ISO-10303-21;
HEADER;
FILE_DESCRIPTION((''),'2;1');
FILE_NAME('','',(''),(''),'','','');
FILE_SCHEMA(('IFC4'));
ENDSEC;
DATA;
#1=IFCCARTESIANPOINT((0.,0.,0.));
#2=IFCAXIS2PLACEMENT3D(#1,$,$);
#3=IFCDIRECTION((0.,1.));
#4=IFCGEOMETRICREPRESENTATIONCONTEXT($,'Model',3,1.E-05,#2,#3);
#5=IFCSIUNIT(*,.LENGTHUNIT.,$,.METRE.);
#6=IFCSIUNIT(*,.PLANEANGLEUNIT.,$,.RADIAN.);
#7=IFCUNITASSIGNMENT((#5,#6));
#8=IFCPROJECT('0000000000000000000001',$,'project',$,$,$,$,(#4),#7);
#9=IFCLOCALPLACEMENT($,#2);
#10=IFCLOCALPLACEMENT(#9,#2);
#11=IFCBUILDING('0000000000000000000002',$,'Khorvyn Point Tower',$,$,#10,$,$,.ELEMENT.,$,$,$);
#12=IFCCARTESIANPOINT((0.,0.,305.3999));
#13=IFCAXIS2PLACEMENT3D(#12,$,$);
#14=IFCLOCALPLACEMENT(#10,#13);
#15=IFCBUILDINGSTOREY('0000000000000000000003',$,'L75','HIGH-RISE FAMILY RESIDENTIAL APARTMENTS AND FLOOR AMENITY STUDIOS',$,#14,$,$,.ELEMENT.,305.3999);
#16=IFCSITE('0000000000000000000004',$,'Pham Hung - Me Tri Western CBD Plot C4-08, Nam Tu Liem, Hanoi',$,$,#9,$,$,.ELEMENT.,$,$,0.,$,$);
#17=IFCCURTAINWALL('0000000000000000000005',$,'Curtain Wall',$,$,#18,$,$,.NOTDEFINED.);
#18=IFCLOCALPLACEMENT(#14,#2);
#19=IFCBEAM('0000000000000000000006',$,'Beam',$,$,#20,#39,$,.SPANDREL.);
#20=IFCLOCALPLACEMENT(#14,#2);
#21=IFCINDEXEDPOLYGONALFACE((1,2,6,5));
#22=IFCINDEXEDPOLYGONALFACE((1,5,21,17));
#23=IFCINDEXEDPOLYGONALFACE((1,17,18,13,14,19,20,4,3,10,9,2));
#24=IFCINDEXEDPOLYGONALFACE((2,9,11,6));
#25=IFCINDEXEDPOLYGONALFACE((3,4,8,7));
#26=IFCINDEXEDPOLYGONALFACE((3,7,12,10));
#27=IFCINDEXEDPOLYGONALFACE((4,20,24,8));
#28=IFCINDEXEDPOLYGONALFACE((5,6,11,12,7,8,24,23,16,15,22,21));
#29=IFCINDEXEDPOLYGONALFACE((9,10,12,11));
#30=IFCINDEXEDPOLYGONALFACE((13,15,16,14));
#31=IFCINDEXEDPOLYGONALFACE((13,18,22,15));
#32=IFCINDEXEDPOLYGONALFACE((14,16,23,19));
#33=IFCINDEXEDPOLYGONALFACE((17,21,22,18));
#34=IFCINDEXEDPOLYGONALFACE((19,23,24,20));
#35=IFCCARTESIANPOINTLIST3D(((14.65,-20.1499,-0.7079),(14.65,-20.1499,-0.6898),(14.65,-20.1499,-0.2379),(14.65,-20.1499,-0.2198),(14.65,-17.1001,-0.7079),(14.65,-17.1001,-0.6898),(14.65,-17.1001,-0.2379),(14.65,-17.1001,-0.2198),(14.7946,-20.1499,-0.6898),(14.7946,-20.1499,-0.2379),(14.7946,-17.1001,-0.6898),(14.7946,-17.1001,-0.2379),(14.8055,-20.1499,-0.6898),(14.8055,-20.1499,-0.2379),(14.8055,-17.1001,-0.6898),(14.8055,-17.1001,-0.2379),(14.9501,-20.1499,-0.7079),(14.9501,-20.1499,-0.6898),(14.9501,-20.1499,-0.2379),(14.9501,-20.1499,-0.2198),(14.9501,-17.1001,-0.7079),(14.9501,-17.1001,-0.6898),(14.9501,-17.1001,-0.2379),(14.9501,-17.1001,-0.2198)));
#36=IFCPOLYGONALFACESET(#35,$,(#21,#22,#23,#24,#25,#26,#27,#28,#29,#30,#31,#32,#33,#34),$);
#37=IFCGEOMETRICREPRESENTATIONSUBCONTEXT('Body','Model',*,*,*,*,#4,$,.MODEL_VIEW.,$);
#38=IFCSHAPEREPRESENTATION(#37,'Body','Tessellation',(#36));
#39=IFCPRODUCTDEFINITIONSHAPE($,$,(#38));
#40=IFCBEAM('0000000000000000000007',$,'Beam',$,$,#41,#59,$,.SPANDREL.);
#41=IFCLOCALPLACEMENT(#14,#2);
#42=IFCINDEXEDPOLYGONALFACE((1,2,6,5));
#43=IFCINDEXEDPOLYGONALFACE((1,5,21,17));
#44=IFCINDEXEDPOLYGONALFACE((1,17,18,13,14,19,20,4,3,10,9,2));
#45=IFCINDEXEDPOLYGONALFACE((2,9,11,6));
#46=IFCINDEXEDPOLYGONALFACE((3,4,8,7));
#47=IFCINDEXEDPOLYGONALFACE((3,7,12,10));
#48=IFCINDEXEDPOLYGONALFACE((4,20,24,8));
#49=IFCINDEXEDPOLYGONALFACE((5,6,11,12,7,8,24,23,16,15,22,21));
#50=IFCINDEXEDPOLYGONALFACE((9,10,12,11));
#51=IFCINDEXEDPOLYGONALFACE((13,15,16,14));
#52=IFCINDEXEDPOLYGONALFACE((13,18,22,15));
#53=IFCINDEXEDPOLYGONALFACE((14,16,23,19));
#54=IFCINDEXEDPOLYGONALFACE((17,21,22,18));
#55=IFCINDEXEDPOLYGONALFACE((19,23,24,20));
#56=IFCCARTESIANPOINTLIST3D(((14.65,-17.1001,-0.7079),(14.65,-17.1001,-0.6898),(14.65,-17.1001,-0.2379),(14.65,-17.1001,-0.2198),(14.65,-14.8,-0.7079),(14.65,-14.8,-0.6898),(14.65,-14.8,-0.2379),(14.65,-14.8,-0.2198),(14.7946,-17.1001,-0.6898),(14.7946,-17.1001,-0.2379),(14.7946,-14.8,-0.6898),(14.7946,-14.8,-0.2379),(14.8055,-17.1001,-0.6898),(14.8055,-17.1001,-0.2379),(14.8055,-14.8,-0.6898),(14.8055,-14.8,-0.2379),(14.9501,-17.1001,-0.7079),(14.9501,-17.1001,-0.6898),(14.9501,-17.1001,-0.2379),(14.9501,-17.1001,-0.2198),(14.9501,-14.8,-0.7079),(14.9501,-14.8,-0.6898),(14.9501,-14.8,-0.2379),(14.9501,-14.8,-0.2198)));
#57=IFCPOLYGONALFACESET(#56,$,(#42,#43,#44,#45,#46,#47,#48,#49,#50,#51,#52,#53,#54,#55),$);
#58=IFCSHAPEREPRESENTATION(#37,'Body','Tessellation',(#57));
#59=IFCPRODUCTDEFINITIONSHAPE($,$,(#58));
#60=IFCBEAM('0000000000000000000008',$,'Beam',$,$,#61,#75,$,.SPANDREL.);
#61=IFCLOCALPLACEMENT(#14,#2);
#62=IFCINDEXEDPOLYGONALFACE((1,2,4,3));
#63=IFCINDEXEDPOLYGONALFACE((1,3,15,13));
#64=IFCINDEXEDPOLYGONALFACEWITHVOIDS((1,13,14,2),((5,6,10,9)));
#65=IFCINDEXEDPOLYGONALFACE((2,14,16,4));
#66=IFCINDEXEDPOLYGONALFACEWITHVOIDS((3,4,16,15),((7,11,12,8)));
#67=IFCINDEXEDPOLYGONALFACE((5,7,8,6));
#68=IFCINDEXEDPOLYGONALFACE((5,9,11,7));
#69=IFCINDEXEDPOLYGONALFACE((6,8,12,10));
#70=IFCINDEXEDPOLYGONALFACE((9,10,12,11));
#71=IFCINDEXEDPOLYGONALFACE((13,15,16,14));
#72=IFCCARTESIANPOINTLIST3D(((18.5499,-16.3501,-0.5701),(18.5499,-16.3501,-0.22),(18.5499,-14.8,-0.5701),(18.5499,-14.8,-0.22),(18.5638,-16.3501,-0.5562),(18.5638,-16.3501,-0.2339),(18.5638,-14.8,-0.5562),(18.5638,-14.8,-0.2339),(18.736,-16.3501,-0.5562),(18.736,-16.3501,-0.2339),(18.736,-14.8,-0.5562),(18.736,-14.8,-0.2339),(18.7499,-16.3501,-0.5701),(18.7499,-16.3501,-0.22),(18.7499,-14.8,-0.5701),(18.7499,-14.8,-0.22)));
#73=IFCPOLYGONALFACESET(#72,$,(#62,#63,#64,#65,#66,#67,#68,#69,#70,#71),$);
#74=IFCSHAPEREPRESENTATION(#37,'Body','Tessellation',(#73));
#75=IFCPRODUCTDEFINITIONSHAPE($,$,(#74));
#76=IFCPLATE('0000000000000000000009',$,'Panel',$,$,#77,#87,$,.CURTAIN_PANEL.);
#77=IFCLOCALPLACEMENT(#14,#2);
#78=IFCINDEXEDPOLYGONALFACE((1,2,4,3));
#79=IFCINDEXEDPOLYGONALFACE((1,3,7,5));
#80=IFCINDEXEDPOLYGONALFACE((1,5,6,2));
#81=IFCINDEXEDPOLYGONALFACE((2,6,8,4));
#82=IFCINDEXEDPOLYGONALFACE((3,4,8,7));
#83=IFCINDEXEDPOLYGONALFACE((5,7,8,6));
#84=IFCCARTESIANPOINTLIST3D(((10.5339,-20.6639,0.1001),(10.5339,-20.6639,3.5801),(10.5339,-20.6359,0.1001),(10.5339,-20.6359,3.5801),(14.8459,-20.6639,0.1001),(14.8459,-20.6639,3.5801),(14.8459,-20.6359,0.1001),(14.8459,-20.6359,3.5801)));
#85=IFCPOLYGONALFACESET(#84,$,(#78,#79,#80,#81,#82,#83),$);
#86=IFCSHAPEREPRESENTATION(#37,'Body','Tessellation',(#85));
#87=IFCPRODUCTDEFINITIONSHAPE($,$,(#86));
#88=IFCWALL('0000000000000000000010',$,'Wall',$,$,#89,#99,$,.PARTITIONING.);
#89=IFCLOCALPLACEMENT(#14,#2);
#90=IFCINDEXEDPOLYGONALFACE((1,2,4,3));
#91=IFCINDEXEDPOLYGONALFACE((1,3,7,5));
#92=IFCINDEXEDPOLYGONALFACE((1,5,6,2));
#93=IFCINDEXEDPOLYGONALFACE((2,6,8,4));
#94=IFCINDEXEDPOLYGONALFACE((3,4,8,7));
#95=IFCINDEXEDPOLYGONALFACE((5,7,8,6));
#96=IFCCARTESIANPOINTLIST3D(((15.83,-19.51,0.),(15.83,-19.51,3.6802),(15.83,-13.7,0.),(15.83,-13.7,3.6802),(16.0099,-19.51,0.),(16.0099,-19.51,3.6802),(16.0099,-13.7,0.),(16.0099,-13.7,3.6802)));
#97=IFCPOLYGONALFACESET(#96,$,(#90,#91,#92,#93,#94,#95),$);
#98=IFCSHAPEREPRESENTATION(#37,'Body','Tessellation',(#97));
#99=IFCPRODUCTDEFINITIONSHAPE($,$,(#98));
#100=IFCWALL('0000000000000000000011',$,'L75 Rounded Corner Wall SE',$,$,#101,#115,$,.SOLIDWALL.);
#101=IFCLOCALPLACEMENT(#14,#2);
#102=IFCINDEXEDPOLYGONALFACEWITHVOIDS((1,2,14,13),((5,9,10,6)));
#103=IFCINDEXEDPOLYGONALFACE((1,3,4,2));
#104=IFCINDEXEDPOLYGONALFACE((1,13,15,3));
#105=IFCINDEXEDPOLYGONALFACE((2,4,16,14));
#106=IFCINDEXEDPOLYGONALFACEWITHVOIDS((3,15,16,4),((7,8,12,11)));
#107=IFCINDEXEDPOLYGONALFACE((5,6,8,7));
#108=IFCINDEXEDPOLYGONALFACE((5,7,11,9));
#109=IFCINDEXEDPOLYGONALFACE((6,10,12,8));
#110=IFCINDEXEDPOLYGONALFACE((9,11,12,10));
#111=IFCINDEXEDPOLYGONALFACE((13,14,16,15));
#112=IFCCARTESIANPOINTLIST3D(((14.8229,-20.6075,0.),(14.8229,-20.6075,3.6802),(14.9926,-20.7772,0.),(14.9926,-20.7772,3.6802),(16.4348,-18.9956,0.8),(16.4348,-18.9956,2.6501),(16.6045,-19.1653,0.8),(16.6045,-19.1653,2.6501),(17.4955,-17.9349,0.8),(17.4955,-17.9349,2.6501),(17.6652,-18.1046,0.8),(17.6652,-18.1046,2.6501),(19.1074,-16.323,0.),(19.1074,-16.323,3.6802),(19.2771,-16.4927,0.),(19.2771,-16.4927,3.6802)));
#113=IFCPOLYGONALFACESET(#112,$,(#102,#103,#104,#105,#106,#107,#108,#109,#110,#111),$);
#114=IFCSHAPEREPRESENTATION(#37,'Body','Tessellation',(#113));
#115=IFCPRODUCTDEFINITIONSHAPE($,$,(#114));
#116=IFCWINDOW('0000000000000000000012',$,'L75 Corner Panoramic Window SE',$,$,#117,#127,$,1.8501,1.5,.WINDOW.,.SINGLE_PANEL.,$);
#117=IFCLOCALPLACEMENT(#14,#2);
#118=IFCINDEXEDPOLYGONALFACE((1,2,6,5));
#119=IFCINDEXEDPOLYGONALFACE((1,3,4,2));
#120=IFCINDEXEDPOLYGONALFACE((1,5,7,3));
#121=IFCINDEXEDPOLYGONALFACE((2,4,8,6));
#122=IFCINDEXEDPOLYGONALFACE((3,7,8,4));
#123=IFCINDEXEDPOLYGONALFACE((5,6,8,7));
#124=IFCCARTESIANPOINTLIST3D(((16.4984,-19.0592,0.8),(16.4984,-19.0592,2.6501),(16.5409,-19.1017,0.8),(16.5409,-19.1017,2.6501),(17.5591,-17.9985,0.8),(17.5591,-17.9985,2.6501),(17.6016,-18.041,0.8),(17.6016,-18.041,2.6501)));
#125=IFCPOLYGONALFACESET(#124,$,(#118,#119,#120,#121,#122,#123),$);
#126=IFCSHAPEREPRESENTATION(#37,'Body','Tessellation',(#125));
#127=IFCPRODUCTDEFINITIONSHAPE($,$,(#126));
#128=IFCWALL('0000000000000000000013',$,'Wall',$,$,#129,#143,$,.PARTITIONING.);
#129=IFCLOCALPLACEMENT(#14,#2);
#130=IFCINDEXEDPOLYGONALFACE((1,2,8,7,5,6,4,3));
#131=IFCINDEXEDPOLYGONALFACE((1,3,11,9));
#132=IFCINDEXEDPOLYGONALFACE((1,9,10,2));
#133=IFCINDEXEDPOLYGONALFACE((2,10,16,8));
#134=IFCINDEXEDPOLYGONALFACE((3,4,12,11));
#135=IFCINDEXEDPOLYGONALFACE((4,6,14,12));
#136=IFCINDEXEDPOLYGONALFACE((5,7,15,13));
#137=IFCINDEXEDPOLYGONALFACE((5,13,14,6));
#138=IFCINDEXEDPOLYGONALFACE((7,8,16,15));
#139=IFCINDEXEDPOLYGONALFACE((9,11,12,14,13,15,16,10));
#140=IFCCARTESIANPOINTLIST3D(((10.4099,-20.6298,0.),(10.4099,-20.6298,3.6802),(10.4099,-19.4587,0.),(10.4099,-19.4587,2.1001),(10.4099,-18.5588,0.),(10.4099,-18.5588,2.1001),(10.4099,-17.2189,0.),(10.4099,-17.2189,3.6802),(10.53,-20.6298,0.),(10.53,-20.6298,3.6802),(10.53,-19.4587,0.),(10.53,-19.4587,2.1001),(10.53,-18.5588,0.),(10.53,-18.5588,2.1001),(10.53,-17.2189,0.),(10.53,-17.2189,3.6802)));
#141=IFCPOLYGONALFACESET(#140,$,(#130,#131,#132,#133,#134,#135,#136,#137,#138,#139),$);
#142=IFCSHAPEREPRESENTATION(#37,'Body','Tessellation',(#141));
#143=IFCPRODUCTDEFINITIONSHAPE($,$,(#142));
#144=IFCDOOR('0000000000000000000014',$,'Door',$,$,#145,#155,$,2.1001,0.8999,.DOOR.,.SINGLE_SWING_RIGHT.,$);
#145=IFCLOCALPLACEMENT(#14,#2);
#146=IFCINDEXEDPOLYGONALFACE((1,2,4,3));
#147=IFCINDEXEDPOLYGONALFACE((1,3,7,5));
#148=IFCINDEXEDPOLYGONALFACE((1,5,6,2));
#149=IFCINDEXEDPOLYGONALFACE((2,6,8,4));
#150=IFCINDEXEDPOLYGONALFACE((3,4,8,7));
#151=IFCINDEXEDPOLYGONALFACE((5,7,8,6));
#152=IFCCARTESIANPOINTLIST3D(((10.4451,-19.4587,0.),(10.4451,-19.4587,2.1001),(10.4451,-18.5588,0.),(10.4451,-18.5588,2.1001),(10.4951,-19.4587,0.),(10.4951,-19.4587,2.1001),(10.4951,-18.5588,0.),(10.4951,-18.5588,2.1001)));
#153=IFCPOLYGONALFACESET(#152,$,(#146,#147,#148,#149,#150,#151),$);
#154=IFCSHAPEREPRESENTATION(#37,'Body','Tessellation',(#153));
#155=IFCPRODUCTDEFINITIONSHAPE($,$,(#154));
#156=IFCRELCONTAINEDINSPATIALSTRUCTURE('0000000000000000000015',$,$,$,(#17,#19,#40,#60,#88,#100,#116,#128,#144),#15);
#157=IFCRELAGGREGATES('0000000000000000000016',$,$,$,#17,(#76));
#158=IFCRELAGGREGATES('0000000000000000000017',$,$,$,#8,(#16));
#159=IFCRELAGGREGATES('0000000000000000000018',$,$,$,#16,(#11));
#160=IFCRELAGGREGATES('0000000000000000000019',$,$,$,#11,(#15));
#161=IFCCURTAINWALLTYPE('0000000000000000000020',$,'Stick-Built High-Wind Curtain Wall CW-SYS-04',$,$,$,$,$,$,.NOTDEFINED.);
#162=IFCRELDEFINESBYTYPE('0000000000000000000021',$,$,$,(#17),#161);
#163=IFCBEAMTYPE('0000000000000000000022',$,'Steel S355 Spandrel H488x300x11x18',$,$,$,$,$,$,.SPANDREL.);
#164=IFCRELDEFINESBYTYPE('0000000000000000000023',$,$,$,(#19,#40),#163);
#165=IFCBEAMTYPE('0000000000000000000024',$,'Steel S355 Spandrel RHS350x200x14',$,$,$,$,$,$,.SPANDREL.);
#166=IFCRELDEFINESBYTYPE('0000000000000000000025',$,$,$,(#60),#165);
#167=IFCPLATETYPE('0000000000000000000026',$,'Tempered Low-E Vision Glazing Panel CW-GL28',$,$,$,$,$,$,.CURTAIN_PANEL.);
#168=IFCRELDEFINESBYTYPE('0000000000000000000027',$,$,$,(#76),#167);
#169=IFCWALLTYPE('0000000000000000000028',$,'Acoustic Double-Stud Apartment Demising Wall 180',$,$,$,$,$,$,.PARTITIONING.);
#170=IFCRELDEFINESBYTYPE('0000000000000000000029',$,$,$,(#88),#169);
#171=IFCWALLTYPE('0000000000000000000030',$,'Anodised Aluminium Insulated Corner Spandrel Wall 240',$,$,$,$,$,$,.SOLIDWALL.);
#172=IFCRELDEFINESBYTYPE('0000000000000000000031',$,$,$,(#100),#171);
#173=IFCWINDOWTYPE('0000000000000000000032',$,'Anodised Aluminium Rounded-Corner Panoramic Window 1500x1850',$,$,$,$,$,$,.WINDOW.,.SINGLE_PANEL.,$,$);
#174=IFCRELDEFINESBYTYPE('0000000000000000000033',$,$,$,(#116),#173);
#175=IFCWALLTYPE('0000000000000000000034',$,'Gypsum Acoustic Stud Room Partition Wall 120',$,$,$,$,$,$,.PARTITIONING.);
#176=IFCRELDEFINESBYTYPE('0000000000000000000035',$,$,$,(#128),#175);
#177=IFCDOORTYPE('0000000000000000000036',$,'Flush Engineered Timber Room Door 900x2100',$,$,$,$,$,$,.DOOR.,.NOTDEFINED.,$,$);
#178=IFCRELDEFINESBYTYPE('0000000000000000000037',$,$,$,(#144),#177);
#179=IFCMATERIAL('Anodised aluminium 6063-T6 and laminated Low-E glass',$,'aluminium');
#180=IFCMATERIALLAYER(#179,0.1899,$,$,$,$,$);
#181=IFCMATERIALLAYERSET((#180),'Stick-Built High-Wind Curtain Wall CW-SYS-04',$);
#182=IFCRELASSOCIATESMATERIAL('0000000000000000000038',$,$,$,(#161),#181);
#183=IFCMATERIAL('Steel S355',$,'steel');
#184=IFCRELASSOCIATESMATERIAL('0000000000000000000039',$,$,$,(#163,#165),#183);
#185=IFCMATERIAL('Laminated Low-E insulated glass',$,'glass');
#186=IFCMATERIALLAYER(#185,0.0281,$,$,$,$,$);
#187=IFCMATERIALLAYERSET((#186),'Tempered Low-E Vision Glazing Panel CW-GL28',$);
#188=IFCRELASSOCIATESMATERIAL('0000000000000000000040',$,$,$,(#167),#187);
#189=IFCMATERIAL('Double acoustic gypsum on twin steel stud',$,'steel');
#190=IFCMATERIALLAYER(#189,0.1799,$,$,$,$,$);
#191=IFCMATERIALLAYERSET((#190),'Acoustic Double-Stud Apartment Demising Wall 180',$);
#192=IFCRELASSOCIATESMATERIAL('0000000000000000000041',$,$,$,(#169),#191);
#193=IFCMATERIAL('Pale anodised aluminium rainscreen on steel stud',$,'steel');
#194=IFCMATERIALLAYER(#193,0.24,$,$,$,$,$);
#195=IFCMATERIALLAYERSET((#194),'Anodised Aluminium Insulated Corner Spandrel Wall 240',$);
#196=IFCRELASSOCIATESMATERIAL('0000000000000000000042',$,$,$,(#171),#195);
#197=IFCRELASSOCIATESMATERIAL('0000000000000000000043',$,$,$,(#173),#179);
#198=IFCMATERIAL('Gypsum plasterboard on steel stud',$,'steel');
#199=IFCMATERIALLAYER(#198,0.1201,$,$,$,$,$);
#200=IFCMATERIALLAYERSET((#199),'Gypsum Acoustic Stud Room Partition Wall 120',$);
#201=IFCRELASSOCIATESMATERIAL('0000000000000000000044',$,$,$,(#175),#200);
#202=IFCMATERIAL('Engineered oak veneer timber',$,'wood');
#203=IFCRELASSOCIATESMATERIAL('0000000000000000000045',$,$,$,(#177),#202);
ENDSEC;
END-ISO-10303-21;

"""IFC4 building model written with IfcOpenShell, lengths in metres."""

from ifc_helpers import new_model, si_unit, direction, frame, frame_2d, origin, origin_2d, place, context, subcontext, project, spatial, rectangle, hollow_rectangle, i_section, extrude, material, layer, layer_set, material_profile, profile_set, type_object, element, fill, aggregate, save


model = new_model("IFC4")

# Units and contexts
model_context = context("Model", 3, precision=1e-05, world=origin(), true_north=direction((0.0, 1.0)))
body_context = subcontext(model_context, "Body", "Model", "MODEL_VIEW")
ifc_project = project(units=[si_unit("LENGTHUNIT", "METRE"), si_unit("PLANEANGLEUNIT", "RADIAN")], contexts=[model_context])

# Site, building, storey
site_placement = place(None, origin())
site = spatial("IfcSite", under=ifc_project, at=site_placement, Name="Pham Hung - Me Tri Western CBD Plot C4-08, Nam Tu Liem, Hanoi", CompositionType="ELEMENT", RefElevation=0.0)
building_placement = place(site_placement, origin())
building = spatial("IfcBuilding", under=site, at=building_placement, Name="Khorvyn Point Tower", CompositionType="ELEMENT")
storey_placement = place(building_placement, frame((0.0, 0.0, 305.3999)))
storey = spatial("IfcBuildingStorey", under=building, at=storey_placement, Name="L75", Description="HIGH-RISE FAMILY RESIDENTIAL APARTMENTS AND FLOOR AMENITY STUDIOS", CompositionType="ELEMENT", Elevation=305.3999)

# Shared definitions
ifc_material_1 = material(Name="Steel S355", Category="steel")

# Curtain wall
ifc_material_2 = material(Name="Anodised aluminium 6063-T6 and laminated Low-E glass", Category="aluminium")
ifc_layer_1 = layer(ifc_material_2, 0.1899)
ifc_layer_set_1 = layer_set([ifc_layer_1], Name="Stick-Built High-Wind Curtain Wall CW-SYS-04")
curtain_wall_type = type_object("IfcCurtainWallType", Name="Stick-Built High-Wind Curtain Wall CW-SYS-04", PredefinedType="NOTDEFINED", material=ifc_layer_set_1)
curtain_wall_1_placement = place(storey_placement, origin())
curtain_wall_1 = element("IfcCurtainWall", 1, at=curtain_wall_1_placement, inside=storey, type_object=curtain_wall_type, Name="Curtain Wall", PredefinedType="NOTDEFINED")

# Beams
ifc_material_profile_1 = material_profile(ifc_material_1, i_section(OverallWidth=0.3, OverallDepth=0.488, WebThickness=0.011, FlangeThickness=0.0181, at=origin_2d()))
ifc_profile_set_1 = profile_set([ifc_material_profile_1], Name="Steel S355 H488x300x11x18")
beam_type_1 = type_object("IfcBeamType", Name="Steel S355 Spandrel H488x300x11x18", PredefinedType="SPANDREL", material=ifc_profile_set_1)
beam_1_placement = place(storey_placement, frame((14.8, -20.1499, -0.4639), z_axis=(0.0, 1.0, 0.0), x_axis=(-1.0, 0.0, 0.0)))
element("IfcBeam", 2, at=beam_1_placement, inside=storey, type_object=beam_type_1, Name="Beam", PredefinedType="SPANDREL", context=body_context, shape_type="SweptSolid", body=[
    extrude(i_section(OverallWidth=0.3, OverallDepth=0.488, WebThickness=0.011, FlangeThickness=0.0181, at=origin_2d()), origin(), (0.0, 0.0, 1.0), 3.0498),
])
beam_2_placement = place(storey_placement, frame((14.8, -17.1001, -0.4639), z_axis=(0.0, 1.0, 0.0), x_axis=(-1.0, 0.0, 0.0)))
element("IfcBeam", 3, at=beam_2_placement, inside=storey, type_object=beam_type_1, Name="Beam", PredefinedType="SPANDREL", context=body_context, shape_type="SweptSolid", body=[
    extrude(i_section(OverallWidth=0.3, OverallDepth=0.488, WebThickness=0.011, FlangeThickness=0.0181, at=origin_2d()), origin(), (0.0, 0.0, 1.0), 2.3),
])
ifc_material_profile_2 = material_profile(ifc_material_1, hollow_rectangle(XDim=0.2, YDim=0.3501, WallThickness=0.0139, at=origin_2d()))
ifc_profile_set_2 = profile_set([ifc_material_profile_2], Name="Steel S355 RHS350x200x14")
beam_type_2 = type_object("IfcBeamType", Name="Steel S355 Spandrel RHS350x200x14", PredefinedType="SPANDREL", material=ifc_profile_set_2)
beam_3_placement = place(storey_placement, frame((18.6499, -16.3501, -0.395), z_axis=(0.0, 1.0, 0.0), x_axis=(-1.0, 0.0, 0.0)))
element("IfcBeam", 4, at=beam_3_placement, inside=storey, type_object=beam_type_2, Name="Beam", PredefinedType="SPANDREL", context=body_context, shape_type="SweptSolid", body=[
    extrude(hollow_rectangle(XDim=0.2, YDim=0.3501, WallThickness=0.0139, at=origin_2d()), origin(), (0.0, 0.0, 1.0), 1.55),
])

# Plate
ifc_material_3 = material(Name="Laminated Low-E insulated glass", Category="glass")
ifc_layer_2 = layer(ifc_material_3, 0.0281)
ifc_layer_set_2 = layer_set([ifc_layer_2], Name="Tempered Low-E Vision Glazing Panel CW-GL28")
plate_type = type_object("IfcPlateType", Name="Tempered Low-E Vision Glazing Panel CW-GL28", PredefinedType="CURTAIN_PANEL", material=ifc_layer_set_2)
plate_placement = place(storey_placement, frame((12.6899, -20.6499, 0.1001), z_axis=(0.0, 0.0, 1.0), x_axis=(-1.0, 0.0, 0.0)))
plate = element("IfcPlate", 5, at=plate_placement, type_object=plate_type, Name="Panel", PredefinedType="CURTAIN_PANEL", context=body_context, shape_type="SweptSolid", body=[
    extrude(rectangle(XDim=4.312, YDim=0.0281, at=origin_2d()), origin(), (0.0, 0.0, 1.0), 3.48),
])
aggregate(curtain_wall_1, [plate])

# Wall
ifc_material_4 = material(Name="Double acoustic gypsum on twin steel stud", Category="steel")
ifc_layer_3 = layer(ifc_material_4, 0.1799)
ifc_layer_set_3 = layer_set([ifc_layer_3], Name="Acoustic Double-Stud Apartment Demising Wall 180")
wall_type_1 = type_object("IfcWallType", Name="Acoustic Double-Stud Apartment Demising Wall 180", PredefinedType="PARTITIONING", material=ifc_layer_set_3)
wall_1_placement = place(storey_placement, frame((15.9199, -19.51, 0.0), z_axis=(0.0, 0.0, 1.0), x_axis=(0.0, 1.0, 0.0)))
element("IfcWall", 6, at=wall_1_placement, inside=storey, type_object=wall_type_1, Name="Wall", PredefinedType="PARTITIONING", context=body_context, shape_type="SweptSolid", body=[
    extrude(rectangle(XDim=5.8101, YDim=0.1799, at=frame_2d((2.905, 0.0))), origin(), (0.0, 0.0, 1.0), 3.6802),
])

# Wall, opening, window
ifc_material_5 = material(Name="Pale anodised aluminium rainscreen on steel stud", Category="steel")
ifc_layer_4 = layer(ifc_material_5, 0.24)
ifc_layer_set_4 = layer_set([ifc_layer_4], Name="Anodised Aluminium Insulated Corner Spandrel Wall 240")
wall_type_2 = type_object("IfcWallType", Name="Anodised Aluminium Insulated Corner Spandrel Wall 240", PredefinedType="SOLIDWALL", material=ifc_layer_set_4)
wall_2_placement = place(storey_placement, frame((19.1924, -16.4077, 0.0), z_axis=(0.0, 0.0, 1.0), x_axis=(-0.707107, -0.707107, 0.0)))
wall_2 = element("IfcWall", 7, at=wall_2_placement, inside=storey, type_object=wall_type_2, Name="L75 Rounded Corner Wall SE", PredefinedType="SOLIDWALL", context=body_context, shape_type="SweptSolid", body=[
    extrude(rectangle(XDim=6.0593, YDim=0.24, at=frame_2d((3.0298, 0.0))), origin(), (0.0, 0.0, 1.0), 3.6802),
])
opening_1_placement = place(wall_2_placement, frame((2.2798, 0.0, 0.8)))
opening_1 = element("IfcOpeningElement", 8, at=opening_1_placement, cuts=wall_2, PredefinedType="OPENING", context=body_context, shape_type="SweptSolid", body=[
    extrude(rectangle(XDim=1.5, YDim=1.8501, at=frame_2d((0.75, 0.925))), frame((0.0, 0.1299, 0.0), z_axis=(0.0, -1.0, 0.0), x_axis=(1.0, 0.0, 0.0)), (0.0, 0.0, 1.0), 0.26),
])
window_type = type_object("IfcWindowType", Name="Anodised Aluminium Rounded-Corner Panoramic Window 1500x1850", PartitioningType="SINGLE_PANEL", PredefinedType="WINDOW", material=ifc_material_2)
window_placement = place(opening_1_placement, origin())
window = element("IfcWindow", 9, at=window_placement, inside=storey, type_object=window_type, Name="L75 Corner Panoramic Window SE", OverallHeight=1.8501, OverallWidth=1.5, PartitioningType="SINGLE_PANEL", PredefinedType="WINDOW", context=body_context, shape_type="SweptSolid", body=[
    extrude(rectangle(XDim=1.5, YDim=1.8501, at=frame_2d((0.75, 0.925))), frame((0.0, 0.03, 0.0), z_axis=(0.0, -1.0, 0.0), x_axis=(1.0, 0.0, 0.0)), (0.0, 0.0, 1.0), 0.0601),
])
fill(opening_1, window)

# Wall, opening, door
ifc_material_6 = material(Name="Gypsum plasterboard on steel stud", Category="steel")
ifc_layer_5 = layer(ifc_material_6, 0.1201)
ifc_layer_set_5 = layer_set([ifc_layer_5], Name="Gypsum Acoustic Stud Room Partition Wall 120")
wall_type_3 = type_object("IfcWallType", Name="Gypsum Acoustic Stud Room Partition Wall 120", PredefinedType="PARTITIONING", material=ifc_layer_set_5)
wall_3_placement = place(storey_placement, frame((10.47, -20.6299, 0.0), z_axis=(0.0, 0.0, 1.0), x_axis=(0.0, 1.0, 0.0)))
wall_3 = element("IfcWall", 10, at=wall_3_placement, inside=storey, type_object=wall_type_3, Name="Wall", PredefinedType="PARTITIONING", context=body_context, shape_type="SweptSolid", body=[
    extrude(rectangle(XDim=3.4109, YDim=0.1201, at=frame_2d((1.7056, 0.0))), origin(), (0.0, 0.0, 1.0), 3.6802),
])
opening_2_placement = place(wall_3_placement, frame((1.1711, 0.0, 0.0)))
opening_2 = element("IfcOpeningElement", 11, at=opening_2_placement, cuts=wall_3, PredefinedType="OPENING", context=body_context, shape_type="SweptSolid", body=[
    extrude(rectangle(XDim=0.8999, YDim=2.1001, at=frame_2d((0.45, 1.05))), frame((0.0, 0.0701, 0.0), z_axis=(0.0, -1.0, 0.0), x_axis=(1.0, 0.0, 0.0)), (0.0, 0.0, 1.0), 0.1401),
])
ifc_material_7 = material(Name="Engineered oak veneer timber", Category="wood")
door_type_1 = type_object("IfcDoorType", Name="Flush Engineered Timber Room Door 900x2100", OperationType="NOTDEFINED", PredefinedType="DOOR", material=ifc_material_7)
door_1_placement = place(opening_2_placement, origin())
door_1 = element("IfcDoor", 12, at=door_1_placement, inside=storey, type_object=door_type_1, Name="Door", OperationType="SINGLE_SWING_RIGHT", OverallHeight=2.1001, OverallWidth=0.8999, PredefinedType="DOOR", context=body_context, shape_type="SweptSolid", body=[
    extrude(rectangle(XDim=0.8999, YDim=2.1001, at=frame_2d((0.45, 1.05))), frame((0.0, 0.0249, 0.0), z_axis=(0.0, -1.0, 0.0), x_axis=(1.0, 0.0, 0.0)), (0.0, 0.0, 1.0), 0.05),
])
fill(opening_2, door_1)

save(model, "model.ifc")
